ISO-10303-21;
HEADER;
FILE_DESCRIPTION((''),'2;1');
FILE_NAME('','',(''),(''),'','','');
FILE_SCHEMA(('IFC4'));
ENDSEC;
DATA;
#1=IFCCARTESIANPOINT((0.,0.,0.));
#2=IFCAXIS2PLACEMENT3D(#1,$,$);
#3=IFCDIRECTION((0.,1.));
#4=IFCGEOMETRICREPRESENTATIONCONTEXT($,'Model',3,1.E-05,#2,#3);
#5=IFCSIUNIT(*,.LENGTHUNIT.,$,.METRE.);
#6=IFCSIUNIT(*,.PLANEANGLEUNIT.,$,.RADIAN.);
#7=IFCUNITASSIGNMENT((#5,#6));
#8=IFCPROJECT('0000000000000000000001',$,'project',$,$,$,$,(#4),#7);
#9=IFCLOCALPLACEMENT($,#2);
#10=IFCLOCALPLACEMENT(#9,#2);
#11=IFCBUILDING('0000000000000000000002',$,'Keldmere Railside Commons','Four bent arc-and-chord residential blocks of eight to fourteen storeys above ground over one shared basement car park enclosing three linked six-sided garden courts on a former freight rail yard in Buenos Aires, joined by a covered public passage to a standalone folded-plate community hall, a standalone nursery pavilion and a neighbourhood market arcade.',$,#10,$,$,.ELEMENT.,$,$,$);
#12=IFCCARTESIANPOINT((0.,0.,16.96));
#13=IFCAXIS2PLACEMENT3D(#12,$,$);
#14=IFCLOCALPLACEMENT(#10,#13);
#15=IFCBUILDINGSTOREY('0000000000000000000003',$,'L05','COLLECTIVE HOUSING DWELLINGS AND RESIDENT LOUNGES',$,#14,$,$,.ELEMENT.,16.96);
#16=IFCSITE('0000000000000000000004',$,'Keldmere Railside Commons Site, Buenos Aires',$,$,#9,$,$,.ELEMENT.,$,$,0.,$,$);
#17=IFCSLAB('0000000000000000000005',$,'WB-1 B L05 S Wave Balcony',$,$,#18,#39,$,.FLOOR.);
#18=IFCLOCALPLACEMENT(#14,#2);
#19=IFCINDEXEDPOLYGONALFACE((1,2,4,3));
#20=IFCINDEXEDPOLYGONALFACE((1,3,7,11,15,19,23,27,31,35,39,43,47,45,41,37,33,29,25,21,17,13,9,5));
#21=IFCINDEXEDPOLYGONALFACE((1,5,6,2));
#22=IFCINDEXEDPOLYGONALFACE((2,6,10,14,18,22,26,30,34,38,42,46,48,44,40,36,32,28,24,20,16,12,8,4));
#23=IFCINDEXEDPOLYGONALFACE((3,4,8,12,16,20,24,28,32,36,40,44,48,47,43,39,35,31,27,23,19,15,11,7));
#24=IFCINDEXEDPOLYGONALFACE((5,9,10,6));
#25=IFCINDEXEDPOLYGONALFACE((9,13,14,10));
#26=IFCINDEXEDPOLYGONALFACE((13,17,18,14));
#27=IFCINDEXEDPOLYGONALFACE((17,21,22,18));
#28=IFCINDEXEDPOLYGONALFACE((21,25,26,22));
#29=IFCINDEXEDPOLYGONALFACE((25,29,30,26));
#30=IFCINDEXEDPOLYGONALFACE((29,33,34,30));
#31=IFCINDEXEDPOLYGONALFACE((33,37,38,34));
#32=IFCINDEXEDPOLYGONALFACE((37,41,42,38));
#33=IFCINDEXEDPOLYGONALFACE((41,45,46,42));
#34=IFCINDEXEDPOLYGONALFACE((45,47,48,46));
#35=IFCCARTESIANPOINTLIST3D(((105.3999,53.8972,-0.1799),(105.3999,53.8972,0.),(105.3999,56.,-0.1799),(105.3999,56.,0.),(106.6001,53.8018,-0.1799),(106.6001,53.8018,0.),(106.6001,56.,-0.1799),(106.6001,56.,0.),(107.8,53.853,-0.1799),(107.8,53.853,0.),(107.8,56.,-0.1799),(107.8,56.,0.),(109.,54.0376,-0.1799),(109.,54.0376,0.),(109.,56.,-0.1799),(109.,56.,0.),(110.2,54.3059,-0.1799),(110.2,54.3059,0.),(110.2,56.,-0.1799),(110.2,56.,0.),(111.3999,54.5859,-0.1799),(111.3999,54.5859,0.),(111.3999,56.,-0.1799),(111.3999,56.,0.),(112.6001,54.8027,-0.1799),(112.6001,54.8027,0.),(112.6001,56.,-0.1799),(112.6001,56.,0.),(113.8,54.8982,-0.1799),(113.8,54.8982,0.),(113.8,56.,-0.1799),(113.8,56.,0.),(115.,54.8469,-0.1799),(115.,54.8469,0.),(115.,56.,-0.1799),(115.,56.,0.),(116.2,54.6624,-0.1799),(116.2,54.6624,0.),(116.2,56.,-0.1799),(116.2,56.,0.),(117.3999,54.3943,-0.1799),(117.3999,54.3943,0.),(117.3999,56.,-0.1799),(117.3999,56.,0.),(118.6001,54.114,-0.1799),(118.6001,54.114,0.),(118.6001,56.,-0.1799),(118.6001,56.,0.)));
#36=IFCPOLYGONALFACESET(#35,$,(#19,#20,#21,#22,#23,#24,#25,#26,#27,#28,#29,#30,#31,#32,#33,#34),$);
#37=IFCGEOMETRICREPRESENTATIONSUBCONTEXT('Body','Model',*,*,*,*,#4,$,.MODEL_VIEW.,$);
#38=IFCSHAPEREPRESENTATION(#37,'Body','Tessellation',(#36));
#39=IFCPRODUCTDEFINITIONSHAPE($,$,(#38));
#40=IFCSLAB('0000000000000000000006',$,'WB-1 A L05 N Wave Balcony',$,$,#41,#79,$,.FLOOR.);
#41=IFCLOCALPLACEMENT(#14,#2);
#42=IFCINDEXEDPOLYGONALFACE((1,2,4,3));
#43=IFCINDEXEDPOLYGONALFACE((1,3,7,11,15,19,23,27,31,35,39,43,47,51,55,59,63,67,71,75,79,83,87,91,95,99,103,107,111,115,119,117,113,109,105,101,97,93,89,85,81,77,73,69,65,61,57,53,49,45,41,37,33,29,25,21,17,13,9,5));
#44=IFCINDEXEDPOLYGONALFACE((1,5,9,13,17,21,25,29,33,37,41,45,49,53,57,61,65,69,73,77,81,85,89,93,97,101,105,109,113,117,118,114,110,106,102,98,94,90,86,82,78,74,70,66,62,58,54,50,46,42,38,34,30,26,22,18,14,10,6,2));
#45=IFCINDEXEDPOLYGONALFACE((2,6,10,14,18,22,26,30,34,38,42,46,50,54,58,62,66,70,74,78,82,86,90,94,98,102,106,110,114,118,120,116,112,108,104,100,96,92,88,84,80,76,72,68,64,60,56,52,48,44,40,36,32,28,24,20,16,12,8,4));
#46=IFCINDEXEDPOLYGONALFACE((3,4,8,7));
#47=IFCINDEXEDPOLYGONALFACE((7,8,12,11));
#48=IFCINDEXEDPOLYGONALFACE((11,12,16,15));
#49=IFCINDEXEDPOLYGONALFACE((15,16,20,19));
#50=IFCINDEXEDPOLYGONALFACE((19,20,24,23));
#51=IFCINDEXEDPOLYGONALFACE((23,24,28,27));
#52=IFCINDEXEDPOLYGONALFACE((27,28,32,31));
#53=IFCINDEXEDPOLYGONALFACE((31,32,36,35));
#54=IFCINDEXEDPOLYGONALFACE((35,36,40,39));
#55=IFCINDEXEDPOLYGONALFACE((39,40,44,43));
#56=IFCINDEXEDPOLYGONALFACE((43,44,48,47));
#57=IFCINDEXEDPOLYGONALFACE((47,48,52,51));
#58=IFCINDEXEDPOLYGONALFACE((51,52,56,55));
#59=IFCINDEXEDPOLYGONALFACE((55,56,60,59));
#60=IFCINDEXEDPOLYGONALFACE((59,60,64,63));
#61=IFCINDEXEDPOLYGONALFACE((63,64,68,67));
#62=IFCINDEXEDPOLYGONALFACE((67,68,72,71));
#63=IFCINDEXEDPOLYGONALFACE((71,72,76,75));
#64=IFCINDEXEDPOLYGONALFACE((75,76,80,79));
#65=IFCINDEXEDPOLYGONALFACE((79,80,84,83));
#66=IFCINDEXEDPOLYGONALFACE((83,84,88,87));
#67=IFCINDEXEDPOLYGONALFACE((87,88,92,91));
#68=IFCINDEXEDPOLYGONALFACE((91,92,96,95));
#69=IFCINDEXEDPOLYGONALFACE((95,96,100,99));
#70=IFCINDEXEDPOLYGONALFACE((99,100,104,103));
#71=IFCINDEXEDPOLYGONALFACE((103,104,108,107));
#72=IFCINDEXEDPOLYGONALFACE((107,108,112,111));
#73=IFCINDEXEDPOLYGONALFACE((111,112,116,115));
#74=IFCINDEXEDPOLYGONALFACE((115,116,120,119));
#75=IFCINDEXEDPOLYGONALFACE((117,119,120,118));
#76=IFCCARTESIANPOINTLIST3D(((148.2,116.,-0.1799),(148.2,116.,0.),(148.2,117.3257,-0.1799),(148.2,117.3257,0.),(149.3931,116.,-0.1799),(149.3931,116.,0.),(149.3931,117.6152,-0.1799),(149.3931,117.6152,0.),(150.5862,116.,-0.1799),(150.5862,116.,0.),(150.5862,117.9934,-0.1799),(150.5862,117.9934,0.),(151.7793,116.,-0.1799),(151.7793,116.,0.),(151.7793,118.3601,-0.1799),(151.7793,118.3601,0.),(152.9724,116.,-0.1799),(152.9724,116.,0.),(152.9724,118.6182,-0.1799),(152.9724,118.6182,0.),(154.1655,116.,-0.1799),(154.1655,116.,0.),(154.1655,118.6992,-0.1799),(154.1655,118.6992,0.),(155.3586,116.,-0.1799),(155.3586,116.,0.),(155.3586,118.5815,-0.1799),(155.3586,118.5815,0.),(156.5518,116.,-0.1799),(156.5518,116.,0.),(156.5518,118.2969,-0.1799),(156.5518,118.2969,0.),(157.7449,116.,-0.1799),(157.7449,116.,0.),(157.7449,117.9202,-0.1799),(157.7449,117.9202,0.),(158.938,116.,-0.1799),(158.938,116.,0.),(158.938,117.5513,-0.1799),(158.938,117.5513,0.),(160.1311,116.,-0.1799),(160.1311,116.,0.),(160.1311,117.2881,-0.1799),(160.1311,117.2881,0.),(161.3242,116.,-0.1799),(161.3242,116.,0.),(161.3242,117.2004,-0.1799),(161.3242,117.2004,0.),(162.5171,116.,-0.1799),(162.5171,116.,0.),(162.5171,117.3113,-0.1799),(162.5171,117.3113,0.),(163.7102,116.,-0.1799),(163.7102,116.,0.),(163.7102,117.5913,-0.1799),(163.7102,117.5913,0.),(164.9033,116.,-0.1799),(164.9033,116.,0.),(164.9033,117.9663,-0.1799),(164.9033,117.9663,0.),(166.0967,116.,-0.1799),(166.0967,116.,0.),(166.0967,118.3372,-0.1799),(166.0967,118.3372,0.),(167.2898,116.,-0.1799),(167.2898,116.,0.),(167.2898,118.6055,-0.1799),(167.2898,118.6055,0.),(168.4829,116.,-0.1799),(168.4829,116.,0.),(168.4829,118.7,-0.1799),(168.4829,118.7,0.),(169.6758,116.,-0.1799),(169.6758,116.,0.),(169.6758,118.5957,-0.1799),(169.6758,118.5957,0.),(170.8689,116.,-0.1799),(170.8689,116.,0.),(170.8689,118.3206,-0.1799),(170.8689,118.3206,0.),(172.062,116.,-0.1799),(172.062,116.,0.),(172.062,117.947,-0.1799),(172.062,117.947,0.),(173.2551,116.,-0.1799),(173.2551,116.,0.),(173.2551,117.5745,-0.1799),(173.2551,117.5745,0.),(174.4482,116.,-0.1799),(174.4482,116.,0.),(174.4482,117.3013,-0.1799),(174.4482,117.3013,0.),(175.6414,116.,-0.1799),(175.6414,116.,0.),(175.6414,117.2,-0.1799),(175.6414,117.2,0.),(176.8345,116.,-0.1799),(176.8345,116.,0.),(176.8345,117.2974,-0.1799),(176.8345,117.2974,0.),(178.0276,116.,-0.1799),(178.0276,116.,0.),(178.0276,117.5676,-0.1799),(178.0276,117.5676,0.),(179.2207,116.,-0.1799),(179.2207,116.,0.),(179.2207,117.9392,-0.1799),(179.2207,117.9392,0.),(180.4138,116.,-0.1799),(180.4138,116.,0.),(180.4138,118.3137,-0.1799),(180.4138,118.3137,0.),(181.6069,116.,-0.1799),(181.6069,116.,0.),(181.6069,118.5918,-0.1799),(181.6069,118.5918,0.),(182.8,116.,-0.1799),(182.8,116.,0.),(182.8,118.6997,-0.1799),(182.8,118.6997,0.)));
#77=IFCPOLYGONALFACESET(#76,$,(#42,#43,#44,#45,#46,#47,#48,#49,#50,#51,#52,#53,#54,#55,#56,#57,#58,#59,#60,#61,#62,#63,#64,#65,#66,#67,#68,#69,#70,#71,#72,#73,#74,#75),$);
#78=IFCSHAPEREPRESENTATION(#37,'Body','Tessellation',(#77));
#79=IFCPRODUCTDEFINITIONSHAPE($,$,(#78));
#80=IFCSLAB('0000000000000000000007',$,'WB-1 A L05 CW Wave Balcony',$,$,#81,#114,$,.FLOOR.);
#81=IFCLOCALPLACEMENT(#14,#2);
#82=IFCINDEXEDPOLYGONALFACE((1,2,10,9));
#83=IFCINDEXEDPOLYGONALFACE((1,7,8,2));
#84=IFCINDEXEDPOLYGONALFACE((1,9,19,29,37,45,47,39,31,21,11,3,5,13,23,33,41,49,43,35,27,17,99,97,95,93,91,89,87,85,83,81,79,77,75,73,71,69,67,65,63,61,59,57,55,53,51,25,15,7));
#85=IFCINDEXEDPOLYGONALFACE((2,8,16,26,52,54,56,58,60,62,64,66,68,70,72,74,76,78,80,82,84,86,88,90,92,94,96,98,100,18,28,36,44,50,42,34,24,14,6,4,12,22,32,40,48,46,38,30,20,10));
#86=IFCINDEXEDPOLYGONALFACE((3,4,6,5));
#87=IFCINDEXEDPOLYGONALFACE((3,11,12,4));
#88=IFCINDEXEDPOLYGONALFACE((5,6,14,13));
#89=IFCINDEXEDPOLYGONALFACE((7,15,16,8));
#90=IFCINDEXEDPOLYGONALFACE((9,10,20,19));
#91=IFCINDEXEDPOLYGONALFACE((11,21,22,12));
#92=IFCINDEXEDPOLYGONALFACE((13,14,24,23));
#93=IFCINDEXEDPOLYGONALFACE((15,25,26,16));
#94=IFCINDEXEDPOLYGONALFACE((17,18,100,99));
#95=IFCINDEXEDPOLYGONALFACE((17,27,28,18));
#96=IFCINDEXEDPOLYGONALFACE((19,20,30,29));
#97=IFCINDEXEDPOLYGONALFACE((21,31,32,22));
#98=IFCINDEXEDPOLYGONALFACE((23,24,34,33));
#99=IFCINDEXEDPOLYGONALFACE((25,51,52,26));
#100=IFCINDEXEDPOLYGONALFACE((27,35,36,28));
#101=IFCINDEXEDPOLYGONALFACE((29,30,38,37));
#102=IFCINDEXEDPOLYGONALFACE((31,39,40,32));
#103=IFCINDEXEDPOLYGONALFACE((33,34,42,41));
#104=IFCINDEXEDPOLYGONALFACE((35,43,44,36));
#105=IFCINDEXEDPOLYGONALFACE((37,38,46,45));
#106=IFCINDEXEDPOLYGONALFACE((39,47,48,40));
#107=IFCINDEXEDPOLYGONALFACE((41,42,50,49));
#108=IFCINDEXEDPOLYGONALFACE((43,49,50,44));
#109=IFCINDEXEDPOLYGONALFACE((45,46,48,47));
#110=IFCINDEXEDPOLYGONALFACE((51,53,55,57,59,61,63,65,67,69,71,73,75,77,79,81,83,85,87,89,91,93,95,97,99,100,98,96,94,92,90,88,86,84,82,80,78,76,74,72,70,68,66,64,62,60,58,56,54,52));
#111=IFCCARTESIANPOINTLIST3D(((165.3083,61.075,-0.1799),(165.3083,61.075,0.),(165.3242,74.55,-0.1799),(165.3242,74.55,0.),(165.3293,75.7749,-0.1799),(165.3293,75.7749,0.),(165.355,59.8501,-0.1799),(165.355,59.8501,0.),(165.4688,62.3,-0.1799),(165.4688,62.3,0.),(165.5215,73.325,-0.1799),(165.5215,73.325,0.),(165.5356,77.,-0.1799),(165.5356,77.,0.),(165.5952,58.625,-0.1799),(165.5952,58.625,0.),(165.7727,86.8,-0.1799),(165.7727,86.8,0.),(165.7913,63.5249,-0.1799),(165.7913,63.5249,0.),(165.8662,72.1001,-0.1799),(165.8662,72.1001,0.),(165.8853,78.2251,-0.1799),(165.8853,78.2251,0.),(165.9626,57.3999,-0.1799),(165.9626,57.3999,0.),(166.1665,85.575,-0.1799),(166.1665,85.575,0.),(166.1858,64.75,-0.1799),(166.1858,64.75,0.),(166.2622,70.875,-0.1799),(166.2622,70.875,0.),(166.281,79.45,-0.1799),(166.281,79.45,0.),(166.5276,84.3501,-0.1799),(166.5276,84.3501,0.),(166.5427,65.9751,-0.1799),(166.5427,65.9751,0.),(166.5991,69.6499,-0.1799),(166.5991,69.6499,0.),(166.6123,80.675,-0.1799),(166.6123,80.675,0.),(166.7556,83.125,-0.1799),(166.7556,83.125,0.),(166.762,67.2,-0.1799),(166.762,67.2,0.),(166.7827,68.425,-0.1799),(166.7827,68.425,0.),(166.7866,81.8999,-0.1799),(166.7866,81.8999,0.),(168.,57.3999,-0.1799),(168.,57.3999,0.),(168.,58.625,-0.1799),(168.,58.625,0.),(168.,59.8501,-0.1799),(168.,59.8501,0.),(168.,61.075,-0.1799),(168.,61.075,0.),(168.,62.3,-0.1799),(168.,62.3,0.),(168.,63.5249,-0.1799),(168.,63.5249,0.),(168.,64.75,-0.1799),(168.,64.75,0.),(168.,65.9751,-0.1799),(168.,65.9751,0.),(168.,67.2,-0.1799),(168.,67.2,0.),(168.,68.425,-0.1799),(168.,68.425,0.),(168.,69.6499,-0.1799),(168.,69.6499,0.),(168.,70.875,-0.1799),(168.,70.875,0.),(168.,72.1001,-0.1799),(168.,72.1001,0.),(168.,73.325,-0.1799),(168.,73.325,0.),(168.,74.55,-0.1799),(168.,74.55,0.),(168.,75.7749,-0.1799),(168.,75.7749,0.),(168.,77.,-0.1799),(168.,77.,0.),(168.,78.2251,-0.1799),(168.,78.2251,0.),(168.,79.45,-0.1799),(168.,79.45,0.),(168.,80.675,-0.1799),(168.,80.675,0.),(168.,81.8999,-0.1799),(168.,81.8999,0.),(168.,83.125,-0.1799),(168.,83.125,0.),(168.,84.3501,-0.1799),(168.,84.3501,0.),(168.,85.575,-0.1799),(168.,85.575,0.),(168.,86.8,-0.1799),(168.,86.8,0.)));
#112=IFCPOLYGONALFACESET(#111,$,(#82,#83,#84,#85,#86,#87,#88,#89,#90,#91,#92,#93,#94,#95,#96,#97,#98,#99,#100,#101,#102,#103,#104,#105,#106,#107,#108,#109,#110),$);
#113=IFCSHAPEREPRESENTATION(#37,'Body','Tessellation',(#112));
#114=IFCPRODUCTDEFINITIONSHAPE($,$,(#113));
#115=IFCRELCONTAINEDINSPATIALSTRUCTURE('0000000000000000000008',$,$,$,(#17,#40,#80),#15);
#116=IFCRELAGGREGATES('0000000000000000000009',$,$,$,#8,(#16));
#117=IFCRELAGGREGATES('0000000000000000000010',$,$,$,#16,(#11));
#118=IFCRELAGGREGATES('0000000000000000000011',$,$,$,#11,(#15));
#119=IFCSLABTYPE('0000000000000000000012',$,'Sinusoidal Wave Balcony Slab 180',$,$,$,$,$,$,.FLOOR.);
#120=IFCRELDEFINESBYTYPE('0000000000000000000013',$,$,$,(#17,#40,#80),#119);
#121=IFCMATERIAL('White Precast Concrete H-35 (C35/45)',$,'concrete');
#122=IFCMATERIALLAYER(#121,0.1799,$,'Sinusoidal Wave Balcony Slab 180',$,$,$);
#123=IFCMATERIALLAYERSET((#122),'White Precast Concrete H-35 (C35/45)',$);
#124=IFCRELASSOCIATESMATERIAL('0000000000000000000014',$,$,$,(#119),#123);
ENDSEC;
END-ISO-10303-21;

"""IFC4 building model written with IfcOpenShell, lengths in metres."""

from ifc_helpers import new_model, si_unit, direction, frame, origin, place, context, subcontext, project, spatial, polyline, outline, extrude, material, layer, layer_set, type_object, element, save


model = new_model("IFC4")

# Units and contexts
model_context = context("Model", 3, precision=1e-05, world=origin(), true_north=direction((0.0, 1.0)))
body_context = subcontext(model_context, "Body", "Model", "MODEL_VIEW")
ifc_project = project(units=[si_unit("LENGTHUNIT", "METRE"), si_unit("PLANEANGLEUNIT", "RADIAN")], contexts=[model_context])

# Site, building, storey
site_placement = place(None, origin())
site = spatial("IfcSite", under=ifc_project, at=site_placement, Name="Keldmere Railside Commons Site, Buenos Aires", CompositionType="ELEMENT", RefElevation=0.0)
building_placement = place(site_placement, origin())
building = spatial("IfcBuilding", under=site, at=building_placement, Name="Keldmere Railside Commons", Description="Four bent arc-and-chord residential blocks of eight to fourteen storeys above ground over one shared basement car park enclosing three linked six-sided garden courts on a former freight rail yard in Buenos Aires, joined by a covered public passage to a standalone folded-plate community hall, a standalone nursery pavilion and a neighbourhood market arcade.", CompositionType="ELEMENT")
storey_placement = place(building_placement, frame((0.0, 0.0, 16.96)))
storey = spatial("IfcBuildingStorey", under=building, at=storey_placement, Name="L05", Description="COLLECTIVE HOUSING DWELLINGS AND RESIDENT LOUNGES", CompositionType="ELEMENT", Elevation=16.96)

# Slabs
ifc_material_1 = material(Name="White Precast Concrete H-35 (C35/45)", Category="concrete")
ifc_layer_1 = layer(ifc_material_1, 0.1799, Name="Sinusoidal Wave Balcony Slab 180")
ifc_layer_set_1 = layer_set([ifc_layer_1], Name="White Precast Concrete H-35 (C35/45)")
slab_type_1 = type_object("IfcSlabType", Name="Sinusoidal Wave Balcony Slab 180", PredefinedType="FLOOR", material=ifc_layer_set_1)
slab_1_placement = place(storey_placement, frame((0.0, 0.0, -0.1799)))
element("IfcSlab", 1, at=slab_1_placement, inside=storey, type_object=slab_type_1, Name="WB-1 B L05 S Wave Balcony", PredefinedType="FLOOR", context=body_context, shape_type="SweptSolid", body=[
    extrude(outline(polyline([(105.3999, 53.8972), (106.6001, 53.8018), (107.8, 53.853), (109.0, 54.0376), (110.2, 54.3059), (111.3999, 54.5859), (112.6001, 54.8027), (113.8, 54.8982), (115.0, 54.8469), (116.2, 54.6624), (117.3999, 54.3943), (118.6001, 54.114), (118.6001, 56.0), (117.3999, 56.0), (116.2, 56.0), (115.0, 56.0), (113.8, 56.0), (112.6001, 56.0), (111.3999, 56.0), (110.2, 56.0), (109.0, 56.0), (107.8, 56.0), (106.6001, 56.0), (105.3999, 56.0), (105.3999, 53.8972)])), origin(), (0.0, 0.0, 1.0), 0.1799),
])
slab_2_placement = place(storey_placement, frame((0.0, 0.0, -0.1799)))
element("IfcSlab", 2, at=slab_2_placement, inside=storey, type_object=slab_type_1, Name="WB-1 A L05 N Wave Balcony", PredefinedType="FLOOR", context=body_context, shape_type="SweptSolid", body=[
    extrude(outline(polyline([(148.2, 116.0), (149.3931, 116.0), (150.5862, 116.0), (151.7793, 116.0), (152.9724, 116.0), (154.1655, 116.0), (155.3586, 116.0), (156.5518, 116.0), (157.7449, 116.0), (158.938, 116.0), (160.1311, 116.0), (161.3242, 116.0), (162.5171, 116.0), (163.7102, 116.0), (164.9033, 116.0), (166.0967, 116.0), (167.2898, 116.0), (168.4829, 116.0), (169.6758, 116.0), (170.8689, 116.0), (172.062, 116.0), (173.2551, 116.0), (174.4482, 116.0), (175.6414, 116.0), (176.8345, 116.0), (178.0276, 116.0), (179.2207, 116.0), (180.4138, 116.0), (181.6069, 116.0), (182.8, 116.0), (182.8, 118.6997), (181.6069, 118.5918), (180.4138, 118.3137), (179.2207, 117.9392), (178.0276, 117.5676), (176.8345, 117.2974), (175.6414, 117.2), (174.4482, 117.3013), (173.2551, 117.5745), (172.062, 117.947), (170.8689, 118.3206), (169.6758, 118.5957), (168.4829, 118.7), (167.2898, 118.6055), (166.0967, 118.3372), (164.9033, 117.9663), (163.7102, 117.5913), (162.5171, 117.3113), (161.3242, 117.2004), (160.1311, 117.2881), (158.938, 117.5513), (157.7449, 117.9202), (156.5518, 118.2969), (155.3586, 118.5815), (154.1655, 118.6992), (152.9724, 118.6182), (151.7793, 118.3601), (150.5862, 117.9934), (149.3931, 117.6152), (148.2, 117.3257), (148.2, 116.0)])), origin(), (0.0, 0.0, 1.0), 0.1799),
])
slab_3_placement = place(storey_placement, frame((0.0, 0.0, -0.1799)))
element("IfcSlab", 3, at=slab_3_placement, inside=storey, type_object=slab_type_1, Name="WB-1 A L05 CW Wave Balcony", PredefinedType="FLOOR", context=body_context, shape_type="SweptSolid", body=[
    extrude(outline(polyline([(168.0, 57.3999), (168.0, 58.625), (168.0, 59.8501), (168.0, 61.075), (168.0, 62.3), (168.0, 63.5249), (168.0, 64.75), (168.0, 65.9751), (168.0, 67.2), (168.0, 68.425), (168.0, 69.6499), (168.0, 70.875), (168.0, 72.1001), (168.0, 73.325), (168.0, 74.55), (168.0, 75.7749), (168.0, 77.0), (168.0, 78.2251), (168.0, 79.45), (168.0, 80.675), (168.0, 81.8999), (168.0, 83.125), (168.0, 84.3501), (168.0, 85.575), (168.0, 86.8), (165.7727, 86.8), (166.1665, 85.575), (166.5276, 84.3501), (166.7556, 83.125), (166.7866, 81.8999), (166.6123, 80.675), (166.281, 79.45), (165.8853, 78.2251), (165.5356, 77.0), (165.3293, 75.7749), (165.3242, 74.55), (165.5215, 73.325), (165.8662, 72.1001), (166.2622, 70.875), (166.5991, 69.6499), (166.7827, 68.425), (166.762, 67.2), (166.5427, 65.9751), (166.1858, 64.75), (165.7913, 63.5249), (165.4688, 62.3), (165.3083, 61.075), (165.355, 59.8501), (165.5952, 58.625), (165.9626, 57.3999), (168.0, 57.3999)])), origin(), (0.0, 0.0, 1.0), 0.1799),
])

save(model, "model.ifc")
